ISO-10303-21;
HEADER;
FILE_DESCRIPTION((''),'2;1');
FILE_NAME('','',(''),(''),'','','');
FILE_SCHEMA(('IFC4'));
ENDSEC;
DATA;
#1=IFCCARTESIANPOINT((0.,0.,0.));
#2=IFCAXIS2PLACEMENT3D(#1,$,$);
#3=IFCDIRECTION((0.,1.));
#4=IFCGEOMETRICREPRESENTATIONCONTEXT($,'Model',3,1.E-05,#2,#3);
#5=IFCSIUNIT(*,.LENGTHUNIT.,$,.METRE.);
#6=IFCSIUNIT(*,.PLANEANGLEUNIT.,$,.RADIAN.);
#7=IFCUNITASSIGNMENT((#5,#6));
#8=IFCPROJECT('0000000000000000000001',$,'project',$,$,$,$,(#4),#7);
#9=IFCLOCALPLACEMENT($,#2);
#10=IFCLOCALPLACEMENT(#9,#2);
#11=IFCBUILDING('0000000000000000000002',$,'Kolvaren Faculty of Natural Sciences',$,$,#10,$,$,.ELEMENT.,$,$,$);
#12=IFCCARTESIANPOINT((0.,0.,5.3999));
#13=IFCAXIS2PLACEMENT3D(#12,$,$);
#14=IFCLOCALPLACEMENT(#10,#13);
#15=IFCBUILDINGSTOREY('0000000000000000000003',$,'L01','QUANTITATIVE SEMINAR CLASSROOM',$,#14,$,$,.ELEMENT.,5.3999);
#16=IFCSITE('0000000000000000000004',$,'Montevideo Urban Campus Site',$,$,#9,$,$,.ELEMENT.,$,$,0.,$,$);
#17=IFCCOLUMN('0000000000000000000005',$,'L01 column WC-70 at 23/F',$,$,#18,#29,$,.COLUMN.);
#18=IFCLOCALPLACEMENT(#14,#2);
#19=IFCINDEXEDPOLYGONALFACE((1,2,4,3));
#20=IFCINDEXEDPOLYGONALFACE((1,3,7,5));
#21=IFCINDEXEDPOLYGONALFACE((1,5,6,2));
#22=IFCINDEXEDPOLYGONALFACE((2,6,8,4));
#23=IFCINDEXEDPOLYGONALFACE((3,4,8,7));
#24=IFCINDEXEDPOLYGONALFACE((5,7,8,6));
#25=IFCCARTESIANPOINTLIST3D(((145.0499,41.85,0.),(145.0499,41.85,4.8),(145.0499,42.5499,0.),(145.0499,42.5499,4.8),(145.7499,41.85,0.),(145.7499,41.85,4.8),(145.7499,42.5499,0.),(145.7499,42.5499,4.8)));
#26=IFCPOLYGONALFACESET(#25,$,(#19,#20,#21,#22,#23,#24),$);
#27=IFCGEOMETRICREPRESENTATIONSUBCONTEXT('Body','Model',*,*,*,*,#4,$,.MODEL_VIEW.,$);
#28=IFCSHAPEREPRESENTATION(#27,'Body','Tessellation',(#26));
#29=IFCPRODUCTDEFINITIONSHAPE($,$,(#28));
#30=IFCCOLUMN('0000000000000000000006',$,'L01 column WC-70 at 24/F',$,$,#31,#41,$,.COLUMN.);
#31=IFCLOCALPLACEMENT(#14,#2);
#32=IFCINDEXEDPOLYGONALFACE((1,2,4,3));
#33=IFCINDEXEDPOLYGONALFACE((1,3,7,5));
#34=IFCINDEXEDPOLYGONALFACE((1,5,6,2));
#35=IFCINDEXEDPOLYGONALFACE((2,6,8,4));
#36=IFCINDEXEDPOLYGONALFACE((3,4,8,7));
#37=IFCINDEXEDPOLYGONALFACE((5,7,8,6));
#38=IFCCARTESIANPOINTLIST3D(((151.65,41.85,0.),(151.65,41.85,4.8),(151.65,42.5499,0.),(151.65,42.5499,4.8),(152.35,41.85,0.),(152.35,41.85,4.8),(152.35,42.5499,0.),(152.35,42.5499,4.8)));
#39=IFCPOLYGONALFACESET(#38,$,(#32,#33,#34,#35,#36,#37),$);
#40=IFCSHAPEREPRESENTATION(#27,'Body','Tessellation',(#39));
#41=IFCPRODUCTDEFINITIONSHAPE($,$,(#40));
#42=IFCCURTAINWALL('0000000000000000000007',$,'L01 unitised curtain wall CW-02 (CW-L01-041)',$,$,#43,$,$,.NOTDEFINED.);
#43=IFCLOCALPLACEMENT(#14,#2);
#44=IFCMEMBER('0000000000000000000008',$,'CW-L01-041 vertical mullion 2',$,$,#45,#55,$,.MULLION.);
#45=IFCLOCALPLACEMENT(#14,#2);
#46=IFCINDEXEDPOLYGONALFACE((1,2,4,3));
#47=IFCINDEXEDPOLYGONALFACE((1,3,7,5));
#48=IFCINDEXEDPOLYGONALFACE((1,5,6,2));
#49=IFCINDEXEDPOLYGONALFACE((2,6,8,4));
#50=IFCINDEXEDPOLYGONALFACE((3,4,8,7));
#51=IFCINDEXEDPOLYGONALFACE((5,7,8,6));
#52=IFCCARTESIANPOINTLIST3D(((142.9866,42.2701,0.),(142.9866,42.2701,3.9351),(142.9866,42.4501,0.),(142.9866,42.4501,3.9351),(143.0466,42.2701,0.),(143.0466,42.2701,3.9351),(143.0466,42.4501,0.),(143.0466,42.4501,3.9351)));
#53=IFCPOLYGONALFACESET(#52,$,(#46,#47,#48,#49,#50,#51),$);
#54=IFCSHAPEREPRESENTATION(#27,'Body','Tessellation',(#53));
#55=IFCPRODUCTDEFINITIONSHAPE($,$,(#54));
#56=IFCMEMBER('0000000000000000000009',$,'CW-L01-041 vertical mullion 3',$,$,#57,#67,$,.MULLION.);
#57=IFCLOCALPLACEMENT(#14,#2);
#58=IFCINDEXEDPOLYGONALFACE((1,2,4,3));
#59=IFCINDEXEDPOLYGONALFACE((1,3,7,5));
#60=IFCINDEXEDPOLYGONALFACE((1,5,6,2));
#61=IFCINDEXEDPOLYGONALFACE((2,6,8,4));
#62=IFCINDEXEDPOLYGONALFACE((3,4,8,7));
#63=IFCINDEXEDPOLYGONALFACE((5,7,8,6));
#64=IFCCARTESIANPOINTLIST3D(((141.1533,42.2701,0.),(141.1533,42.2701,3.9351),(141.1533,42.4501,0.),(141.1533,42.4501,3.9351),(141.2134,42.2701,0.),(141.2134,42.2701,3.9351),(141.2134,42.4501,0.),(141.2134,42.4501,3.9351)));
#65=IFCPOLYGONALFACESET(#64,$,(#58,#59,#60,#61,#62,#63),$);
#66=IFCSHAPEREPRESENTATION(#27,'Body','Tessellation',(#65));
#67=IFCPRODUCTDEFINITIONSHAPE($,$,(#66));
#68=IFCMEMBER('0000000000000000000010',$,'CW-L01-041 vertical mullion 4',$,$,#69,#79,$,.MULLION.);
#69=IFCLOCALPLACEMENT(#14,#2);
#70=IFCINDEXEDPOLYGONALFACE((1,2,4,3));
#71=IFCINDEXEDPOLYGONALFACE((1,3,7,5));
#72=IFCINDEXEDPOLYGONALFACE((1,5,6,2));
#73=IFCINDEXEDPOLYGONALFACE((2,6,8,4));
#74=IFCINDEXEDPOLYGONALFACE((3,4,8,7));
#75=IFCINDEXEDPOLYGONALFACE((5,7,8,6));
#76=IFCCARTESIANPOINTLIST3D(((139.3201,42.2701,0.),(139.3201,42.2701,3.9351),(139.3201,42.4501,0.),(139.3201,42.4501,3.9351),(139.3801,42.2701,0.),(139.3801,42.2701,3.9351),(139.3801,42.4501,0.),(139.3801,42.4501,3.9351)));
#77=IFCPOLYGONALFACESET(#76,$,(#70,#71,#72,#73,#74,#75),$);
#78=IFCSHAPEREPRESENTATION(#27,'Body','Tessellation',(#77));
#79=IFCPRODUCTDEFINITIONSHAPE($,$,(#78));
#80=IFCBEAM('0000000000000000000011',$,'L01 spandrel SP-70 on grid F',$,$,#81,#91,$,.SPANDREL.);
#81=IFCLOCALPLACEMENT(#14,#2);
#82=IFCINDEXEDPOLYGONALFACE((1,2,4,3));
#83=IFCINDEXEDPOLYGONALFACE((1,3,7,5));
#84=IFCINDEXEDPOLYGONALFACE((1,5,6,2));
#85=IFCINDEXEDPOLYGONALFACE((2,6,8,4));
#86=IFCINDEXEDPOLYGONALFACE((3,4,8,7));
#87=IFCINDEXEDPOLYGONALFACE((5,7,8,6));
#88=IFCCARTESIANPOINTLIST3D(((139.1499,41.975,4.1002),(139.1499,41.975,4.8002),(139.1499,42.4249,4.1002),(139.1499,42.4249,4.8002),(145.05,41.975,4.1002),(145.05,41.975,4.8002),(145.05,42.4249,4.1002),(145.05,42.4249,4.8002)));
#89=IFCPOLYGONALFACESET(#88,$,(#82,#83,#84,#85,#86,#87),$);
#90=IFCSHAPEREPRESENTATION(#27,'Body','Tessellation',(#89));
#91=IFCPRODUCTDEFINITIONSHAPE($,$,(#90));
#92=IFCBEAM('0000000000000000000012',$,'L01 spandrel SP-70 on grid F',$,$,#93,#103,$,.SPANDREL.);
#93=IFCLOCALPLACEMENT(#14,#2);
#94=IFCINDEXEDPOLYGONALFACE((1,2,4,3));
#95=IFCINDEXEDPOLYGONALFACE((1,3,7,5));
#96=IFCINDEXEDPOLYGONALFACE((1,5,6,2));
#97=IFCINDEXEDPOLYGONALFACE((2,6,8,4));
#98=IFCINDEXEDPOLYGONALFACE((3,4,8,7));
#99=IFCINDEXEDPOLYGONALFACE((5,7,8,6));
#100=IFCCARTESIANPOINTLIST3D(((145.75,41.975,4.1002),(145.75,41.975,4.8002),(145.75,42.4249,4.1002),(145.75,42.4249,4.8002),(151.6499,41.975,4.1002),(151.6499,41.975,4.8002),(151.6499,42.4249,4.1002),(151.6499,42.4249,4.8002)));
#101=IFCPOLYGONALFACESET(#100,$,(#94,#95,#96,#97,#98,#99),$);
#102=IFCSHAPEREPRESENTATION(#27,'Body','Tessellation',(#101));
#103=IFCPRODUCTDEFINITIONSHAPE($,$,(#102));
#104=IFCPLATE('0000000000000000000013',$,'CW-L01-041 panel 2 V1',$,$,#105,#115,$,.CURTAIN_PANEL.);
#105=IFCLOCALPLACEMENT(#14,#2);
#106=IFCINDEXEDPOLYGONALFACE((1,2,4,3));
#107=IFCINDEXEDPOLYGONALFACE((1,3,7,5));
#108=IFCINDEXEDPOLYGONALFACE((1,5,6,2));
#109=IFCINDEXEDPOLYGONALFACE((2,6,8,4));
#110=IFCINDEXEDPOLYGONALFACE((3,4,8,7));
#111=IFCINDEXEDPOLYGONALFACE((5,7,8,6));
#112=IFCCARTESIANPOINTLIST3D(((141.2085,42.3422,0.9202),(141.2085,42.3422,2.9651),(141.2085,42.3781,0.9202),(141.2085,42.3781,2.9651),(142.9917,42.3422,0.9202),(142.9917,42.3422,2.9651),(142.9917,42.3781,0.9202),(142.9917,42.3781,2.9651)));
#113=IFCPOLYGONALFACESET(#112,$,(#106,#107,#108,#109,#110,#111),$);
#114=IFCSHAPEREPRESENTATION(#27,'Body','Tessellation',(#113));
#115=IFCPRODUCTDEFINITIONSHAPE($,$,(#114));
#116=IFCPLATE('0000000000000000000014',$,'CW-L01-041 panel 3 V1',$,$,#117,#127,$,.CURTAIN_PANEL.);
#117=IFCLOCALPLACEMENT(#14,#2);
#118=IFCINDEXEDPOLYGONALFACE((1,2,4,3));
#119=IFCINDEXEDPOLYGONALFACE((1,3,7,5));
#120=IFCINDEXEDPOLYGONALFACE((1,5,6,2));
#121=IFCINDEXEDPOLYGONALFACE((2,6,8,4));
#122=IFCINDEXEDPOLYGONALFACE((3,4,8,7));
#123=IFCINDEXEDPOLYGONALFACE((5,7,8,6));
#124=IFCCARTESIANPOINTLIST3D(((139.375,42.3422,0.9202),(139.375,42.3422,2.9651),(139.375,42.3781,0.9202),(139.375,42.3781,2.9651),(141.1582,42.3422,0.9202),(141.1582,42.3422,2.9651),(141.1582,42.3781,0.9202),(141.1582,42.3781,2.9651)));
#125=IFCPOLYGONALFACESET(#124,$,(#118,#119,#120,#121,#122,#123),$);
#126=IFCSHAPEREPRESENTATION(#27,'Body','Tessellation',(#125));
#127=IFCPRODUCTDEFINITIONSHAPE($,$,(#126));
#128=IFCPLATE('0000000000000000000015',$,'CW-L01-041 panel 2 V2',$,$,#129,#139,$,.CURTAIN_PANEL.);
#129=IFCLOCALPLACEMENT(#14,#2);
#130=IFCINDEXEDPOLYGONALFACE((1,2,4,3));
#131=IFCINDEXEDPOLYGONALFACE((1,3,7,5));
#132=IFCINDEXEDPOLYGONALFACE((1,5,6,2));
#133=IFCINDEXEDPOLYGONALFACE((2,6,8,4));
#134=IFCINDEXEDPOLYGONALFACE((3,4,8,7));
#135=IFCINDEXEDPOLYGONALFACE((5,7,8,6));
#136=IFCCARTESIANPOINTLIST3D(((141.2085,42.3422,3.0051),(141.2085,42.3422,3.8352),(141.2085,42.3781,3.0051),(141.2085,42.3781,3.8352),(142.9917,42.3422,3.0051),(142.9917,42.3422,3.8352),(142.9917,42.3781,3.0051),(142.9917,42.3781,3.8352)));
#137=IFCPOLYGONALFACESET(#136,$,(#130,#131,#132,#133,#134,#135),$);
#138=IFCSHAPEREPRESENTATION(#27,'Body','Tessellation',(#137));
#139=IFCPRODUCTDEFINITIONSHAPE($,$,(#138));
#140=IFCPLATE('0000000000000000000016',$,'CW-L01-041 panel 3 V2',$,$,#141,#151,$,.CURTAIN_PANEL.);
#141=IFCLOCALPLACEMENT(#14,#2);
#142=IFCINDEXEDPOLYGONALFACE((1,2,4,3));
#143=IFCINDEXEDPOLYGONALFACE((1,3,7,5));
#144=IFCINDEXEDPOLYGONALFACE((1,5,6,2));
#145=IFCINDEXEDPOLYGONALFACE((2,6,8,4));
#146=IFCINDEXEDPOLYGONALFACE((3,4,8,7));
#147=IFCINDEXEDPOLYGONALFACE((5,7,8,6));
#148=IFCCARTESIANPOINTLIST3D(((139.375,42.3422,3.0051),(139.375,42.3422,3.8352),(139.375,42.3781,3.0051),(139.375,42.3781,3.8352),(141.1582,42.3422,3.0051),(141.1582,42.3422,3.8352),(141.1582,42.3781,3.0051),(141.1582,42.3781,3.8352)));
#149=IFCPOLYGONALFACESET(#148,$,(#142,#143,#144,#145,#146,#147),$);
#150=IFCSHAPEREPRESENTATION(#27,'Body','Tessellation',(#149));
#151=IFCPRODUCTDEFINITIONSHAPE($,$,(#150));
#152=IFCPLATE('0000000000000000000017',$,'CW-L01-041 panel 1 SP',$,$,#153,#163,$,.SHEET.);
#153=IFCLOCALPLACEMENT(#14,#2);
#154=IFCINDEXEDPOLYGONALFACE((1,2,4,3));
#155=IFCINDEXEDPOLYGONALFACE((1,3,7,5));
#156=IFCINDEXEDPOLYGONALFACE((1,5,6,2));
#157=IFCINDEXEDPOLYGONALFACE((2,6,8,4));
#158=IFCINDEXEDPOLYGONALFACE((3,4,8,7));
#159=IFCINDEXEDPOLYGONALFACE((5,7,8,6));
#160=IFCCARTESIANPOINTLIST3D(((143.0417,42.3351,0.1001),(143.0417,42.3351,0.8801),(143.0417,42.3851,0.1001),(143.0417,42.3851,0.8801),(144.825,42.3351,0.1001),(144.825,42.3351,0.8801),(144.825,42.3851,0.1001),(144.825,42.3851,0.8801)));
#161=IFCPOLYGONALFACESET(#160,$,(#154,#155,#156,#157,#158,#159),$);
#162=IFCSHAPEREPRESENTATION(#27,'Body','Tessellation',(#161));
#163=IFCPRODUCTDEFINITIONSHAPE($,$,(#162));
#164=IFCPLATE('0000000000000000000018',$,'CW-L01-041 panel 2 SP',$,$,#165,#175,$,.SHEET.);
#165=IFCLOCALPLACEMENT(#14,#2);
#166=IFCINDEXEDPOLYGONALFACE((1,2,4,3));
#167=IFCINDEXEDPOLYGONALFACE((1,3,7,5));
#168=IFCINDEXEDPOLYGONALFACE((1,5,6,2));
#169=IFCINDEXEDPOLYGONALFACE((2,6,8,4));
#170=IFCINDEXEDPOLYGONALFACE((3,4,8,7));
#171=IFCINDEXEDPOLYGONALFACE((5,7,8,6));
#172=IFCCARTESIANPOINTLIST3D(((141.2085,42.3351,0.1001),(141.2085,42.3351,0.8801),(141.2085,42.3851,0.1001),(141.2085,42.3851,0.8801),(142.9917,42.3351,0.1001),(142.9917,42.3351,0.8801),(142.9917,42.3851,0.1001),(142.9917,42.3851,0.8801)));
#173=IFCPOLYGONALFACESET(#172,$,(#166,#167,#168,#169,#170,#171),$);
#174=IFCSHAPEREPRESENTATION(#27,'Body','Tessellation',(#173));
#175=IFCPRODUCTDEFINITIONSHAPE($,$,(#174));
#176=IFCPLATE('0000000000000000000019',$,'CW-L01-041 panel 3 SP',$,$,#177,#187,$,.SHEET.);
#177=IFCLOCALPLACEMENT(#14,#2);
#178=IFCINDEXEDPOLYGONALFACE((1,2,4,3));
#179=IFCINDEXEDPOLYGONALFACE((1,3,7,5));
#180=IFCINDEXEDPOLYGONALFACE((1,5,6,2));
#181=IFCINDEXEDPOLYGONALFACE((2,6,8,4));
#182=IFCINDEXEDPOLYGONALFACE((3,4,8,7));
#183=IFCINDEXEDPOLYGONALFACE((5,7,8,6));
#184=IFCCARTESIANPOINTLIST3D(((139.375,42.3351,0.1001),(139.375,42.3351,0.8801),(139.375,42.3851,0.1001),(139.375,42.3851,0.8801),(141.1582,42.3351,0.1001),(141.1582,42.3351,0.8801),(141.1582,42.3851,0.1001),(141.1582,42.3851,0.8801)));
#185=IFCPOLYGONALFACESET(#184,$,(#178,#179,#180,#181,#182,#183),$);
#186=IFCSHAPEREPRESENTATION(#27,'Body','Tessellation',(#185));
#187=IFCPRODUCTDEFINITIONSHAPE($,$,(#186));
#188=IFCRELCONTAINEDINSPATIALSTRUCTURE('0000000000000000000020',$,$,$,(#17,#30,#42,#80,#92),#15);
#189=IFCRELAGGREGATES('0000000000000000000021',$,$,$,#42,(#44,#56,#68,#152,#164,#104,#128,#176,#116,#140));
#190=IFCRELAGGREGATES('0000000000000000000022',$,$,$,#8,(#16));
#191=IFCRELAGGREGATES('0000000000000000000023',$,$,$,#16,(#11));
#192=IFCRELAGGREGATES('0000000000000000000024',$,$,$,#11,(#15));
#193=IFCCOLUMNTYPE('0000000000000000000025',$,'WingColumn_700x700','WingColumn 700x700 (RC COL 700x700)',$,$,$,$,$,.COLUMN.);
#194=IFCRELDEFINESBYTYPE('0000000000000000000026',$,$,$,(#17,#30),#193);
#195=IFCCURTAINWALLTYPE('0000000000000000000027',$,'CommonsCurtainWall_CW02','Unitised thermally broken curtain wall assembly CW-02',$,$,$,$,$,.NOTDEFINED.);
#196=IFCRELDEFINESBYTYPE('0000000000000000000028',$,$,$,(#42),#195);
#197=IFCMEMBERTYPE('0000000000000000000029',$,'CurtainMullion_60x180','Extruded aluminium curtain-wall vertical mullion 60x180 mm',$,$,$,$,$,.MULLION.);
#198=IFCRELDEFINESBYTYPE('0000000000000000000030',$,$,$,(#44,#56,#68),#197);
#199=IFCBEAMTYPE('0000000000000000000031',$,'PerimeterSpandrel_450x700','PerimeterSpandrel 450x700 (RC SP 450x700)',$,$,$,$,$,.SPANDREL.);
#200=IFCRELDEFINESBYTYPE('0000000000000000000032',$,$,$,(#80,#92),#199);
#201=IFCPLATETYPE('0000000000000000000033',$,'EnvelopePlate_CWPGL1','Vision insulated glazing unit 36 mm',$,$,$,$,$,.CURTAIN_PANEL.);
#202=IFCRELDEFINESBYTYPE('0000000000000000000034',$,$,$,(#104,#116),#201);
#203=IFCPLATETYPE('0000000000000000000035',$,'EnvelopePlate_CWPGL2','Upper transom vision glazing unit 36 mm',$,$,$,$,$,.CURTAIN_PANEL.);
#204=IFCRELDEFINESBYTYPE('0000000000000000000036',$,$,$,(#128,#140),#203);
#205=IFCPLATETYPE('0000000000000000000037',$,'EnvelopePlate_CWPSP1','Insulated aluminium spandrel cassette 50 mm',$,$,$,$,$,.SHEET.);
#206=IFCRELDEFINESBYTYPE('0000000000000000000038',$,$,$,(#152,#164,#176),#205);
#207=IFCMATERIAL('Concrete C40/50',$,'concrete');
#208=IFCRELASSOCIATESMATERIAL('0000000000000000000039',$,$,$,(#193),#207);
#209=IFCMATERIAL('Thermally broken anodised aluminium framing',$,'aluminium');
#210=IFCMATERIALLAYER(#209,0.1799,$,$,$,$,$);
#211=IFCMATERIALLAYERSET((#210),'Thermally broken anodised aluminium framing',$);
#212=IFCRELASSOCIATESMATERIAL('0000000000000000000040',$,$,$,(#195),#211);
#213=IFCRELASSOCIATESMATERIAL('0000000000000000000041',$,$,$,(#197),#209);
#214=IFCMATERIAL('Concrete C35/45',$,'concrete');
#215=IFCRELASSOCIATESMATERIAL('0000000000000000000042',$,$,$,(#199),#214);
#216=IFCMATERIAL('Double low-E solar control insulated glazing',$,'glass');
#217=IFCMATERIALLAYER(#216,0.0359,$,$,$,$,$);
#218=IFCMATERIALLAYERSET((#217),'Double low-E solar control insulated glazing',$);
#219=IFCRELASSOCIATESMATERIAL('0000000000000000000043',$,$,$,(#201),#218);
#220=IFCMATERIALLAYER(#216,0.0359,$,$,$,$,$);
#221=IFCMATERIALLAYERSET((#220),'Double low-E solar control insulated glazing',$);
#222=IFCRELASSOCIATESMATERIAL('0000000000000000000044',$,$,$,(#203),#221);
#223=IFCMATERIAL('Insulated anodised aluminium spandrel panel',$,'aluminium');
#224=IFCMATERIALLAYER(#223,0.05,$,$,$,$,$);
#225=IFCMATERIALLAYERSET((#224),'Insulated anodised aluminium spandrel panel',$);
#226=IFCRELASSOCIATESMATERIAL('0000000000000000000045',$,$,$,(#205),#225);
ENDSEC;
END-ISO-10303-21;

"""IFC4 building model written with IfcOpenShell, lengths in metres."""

from ifc_helpers import new_model, si_unit, direction, frame, origin, origin_2d, place, context, subcontext, project, spatial, rectangle, extrude, material, layer, layer_set, material_profile, profile_set, type_object, element, aggregate, save


model = new_model("IFC4")

# Units and contexts
model_context = context("Model", 3, precision=1e-05, world=origin(), true_north=direction((0.0, 1.0)))
body_context = subcontext(model_context, "Body", "Model", "MODEL_VIEW")
ifc_project = project(units=[si_unit("LENGTHUNIT", "METRE"), si_unit("PLANEANGLEUNIT", "RADIAN")], contexts=[model_context])

# Site, building, storey
site_placement = place(None, origin())
site = spatial("IfcSite", under=ifc_project, at=site_placement, Name="Montevideo Urban Campus Site", CompositionType="ELEMENT", RefElevation=0.0)
building_placement = place(site_placement, origin())
building = spatial("IfcBuilding", under=site, at=building_placement, Name="Kolvaren Faculty of Natural Sciences", CompositionType="ELEMENT")
storey_placement = place(building_placement, frame((0.0, 0.0, 5.3999)))
storey = spatial("IfcBuildingStorey", under=building, at=storey_placement, Name="L01", Description="QUANTITATIVE SEMINAR CLASSROOM", CompositionType="ELEMENT", Elevation=5.3999)

# Columns
ifc_material_1 = material(Name="Concrete C40/50", Category="concrete")
ifc_material_profile_1 = material_profile(ifc_material_1, rectangle(XDim=0.7, YDim=0.7, at=origin_2d()), Name="RC COL 700x700")
ifc_profile_set_1 = profile_set([ifc_material_profile_1], Name="Concrete C40/50")
column_type = type_object("IfcColumnType", Name="WingColumn_700x700", Description="WingColumn 700x700 (RC COL 700x700)", PredefinedType="COLUMN", material=ifc_profile_set_1)
for number, where, z_axis, x_axis, name in (
    (1, (145.3999, 42.2, 0.0), (0.0, 0.0, 1.0), (1.0, 0.0, 0.0), "L01 column WC-70 at 23/F"),
    (2, (152.0, 42.2, 0.0), (0.0, 0.0, 1.0), (1.0, 0.0, 0.0), "L01 column WC-70 at 24/F"),
):
    element("IfcColumn", number, at=place(storey_placement, frame(where, z_axis=z_axis, x_axis=x_axis)), inside=storey, type_object=column_type, Name=name, PredefinedType="COLUMN", context=body_context, shape_type="SweptSolid", body=[
        extrude(rectangle(XDim=0.7, YDim=0.7, at=origin_2d()), origin(), (0.0, 0.0, 1.0), 4.8),
    ])

# Curtain wall, members
ifc_material_2 = material(Name="Thermally broken anodised aluminium framing", Category="aluminium")
ifc_layer_1 = layer(ifc_material_2, 0.1799)
ifc_layer_set_1 = layer_set([ifc_layer_1], Name="Thermally broken anodised aluminium framing")
curtain_wall_type = type_object("IfcCurtainWallType", Name="CommonsCurtainWall_CW02", Description="Unitised thermally broken curtain wall assembly CW-02", PredefinedType="NOTDEFINED", material=ifc_layer_set_1)
curtain_wall_placement = place(storey_placement, origin())
curtain_wall = element("IfcCurtainWall", 3, at=curtain_wall_placement, inside=storey, type_object=curtain_wall_type, Name="L01 unitised curtain wall CW-02 (CW-L01-041)", PredefinedType="NOTDEFINED")
ifc_material_profile_2 = material_profile(ifc_material_2, rectangle(XDim=0.0601, YDim=0.1799, at=origin_2d()), Name="ALU MUL 60x180")
ifc_profile_set_2 = profile_set([ifc_material_profile_2], Name="Thermally broken anodised aluminium framing")
member_type = type_object("IfcMemberType", Name="CurtainMullion_60x180", Description="Extruded aluminium curtain-wall vertical mullion 60x180 mm", PredefinedType="MULLION", material=ifc_profile_set_2)
member_1_placement = place(storey_placement, frame((143.0166, 42.3601, 0.0), z_axis=(0.0, 0.0, 1.0), x_axis=(-1.0, 0.0, 0.0)))
member_1 = element("IfcMember", 4, at=member_1_placement, type_object=member_type, Name="CW-L01-041 vertical mullion 2", PredefinedType="MULLION", context=body_context, shape_type="SweptSolid", body=[
    extrude(rectangle(XDim=0.0601, YDim=0.1799, at=origin_2d()), origin(), (0.0, 0.0, 1.0), 3.9351),
])
member_2_placement = place(storey_placement, frame((141.1833, 42.3601, 0.0), z_axis=(0.0, 0.0, 1.0), x_axis=(-1.0, 0.0, 0.0)))
member_2 = element("IfcMember", 5, at=member_2_placement, type_object=member_type, Name="CW-L01-041 vertical mullion 3", PredefinedType="MULLION", context=body_context, shape_type="SweptSolid", body=[
    extrude(rectangle(XDim=0.0601, YDim=0.1799, at=origin_2d()), origin(), (0.0, 0.0, 1.0), 3.9351),
])
member_3_placement = place(storey_placement, frame((139.3501, 42.3601, 0.0), z_axis=(0.0, 0.0, 1.0), x_axis=(-1.0, 0.0, 0.0)))
member_3 = element("IfcMember", 6, at=member_3_placement, type_object=member_type, Name="CW-L01-041 vertical mullion 4", PredefinedType="MULLION", context=body_context, shape_type="SweptSolid", body=[
    extrude(rectangle(XDim=0.0601, YDim=0.1799, at=origin_2d()), origin(), (0.0, 0.0, 1.0), 3.9351),
])

# Beams
ifc_material_3 = material(Name="Concrete C35/45", Category="concrete")
ifc_material_profile_3 = material_profile(ifc_material_3, rectangle(XDim=0.45, YDim=0.7, at=origin_2d()), Name="RC SP 450x700")
ifc_profile_set_3 = profile_set([ifc_material_profile_3], Name="Concrete C35/45")
beam_type = type_object("IfcBeamType", Name="PerimeterSpandrel_450x700", Description="PerimeterSpandrel 450x700 (RC SP 450x700)", PredefinedType="SPANDREL", material=ifc_profile_set_3)
beam_1_placement = place(storey_placement, frame((139.1499, 42.2, 4.4502), z_axis=(1.0, 0.0, 0.0), x_axis=(0.0, 1.0, 0.0)))
element("IfcBeam", 7, at=beam_1_placement, inside=storey, type_object=beam_type, Name="L01 spandrel SP-70 on grid F", PredefinedType="SPANDREL", context=body_context, shape_type="SweptSolid", body=[
    extrude(rectangle(XDim=0.45, YDim=0.7, at=origin_2d()), origin(), (0.0, 0.0, 1.0), 5.9001),
])
beam_2_placement = place(storey_placement, frame((145.75, 42.2, 4.4502), z_axis=(1.0, 0.0, 0.0), x_axis=(0.0, 1.0, 0.0)))
element("IfcBeam", 8, at=beam_2_placement, inside=storey, type_object=beam_type, Name="L01 spandrel SP-70 on grid F", PredefinedType="SPANDREL", context=body_context, shape_type="SweptSolid", body=[
    extrude(rectangle(XDim=0.45, YDim=0.7, at=origin_2d()), origin(), (0.0, 0.0, 1.0), 5.8999),
])

# Plates
ifc_material_4 = material(Name="Double low-E solar control insulated glazing", Category="glass")
ifc_layer_2 = layer(ifc_material_4, 0.0359)
ifc_layer_set_2 = layer_set([ifc_layer_2], Name="Double low-E solar control insulated glazing")
plate_type_1 = type_object("IfcPlateType", Name="EnvelopePlate_CWPGL1", Description="Vision insulated glazing unit 36 mm", PredefinedType="CURTAIN_PANEL", material=ifc_layer_set_2)
plate_1_placement = place(storey_placement, frame((142.1001, 42.3601, 0.9202), z_axis=(0.0, 0.0, 1.0), x_axis=(-1.0, 0.0, 0.0)))
plate_1 = element("IfcPlate", 9, at=plate_1_placement, type_object=plate_type_1, Name="CW-L01-041 panel 2 V1", PredefinedType="CURTAIN_PANEL", context=body_context, shape_type="SweptSolid", body=[
    extrude(rectangle(XDim=1.7832, YDim=0.0359, at=origin_2d()), origin(), (0.0, 0.0, 1.0), 2.0449),
])
plate_2_placement = place(storey_placement, frame((140.2666, 42.3601, 0.9202), z_axis=(0.0, 0.0, 1.0), x_axis=(-1.0, 0.0, 0.0)))
plate_2 = element("IfcPlate", 10, at=plate_2_placement, type_object=plate_type_1, Name="CW-L01-041 panel 3 V1", PredefinedType="CURTAIN_PANEL", context=body_context, shape_type="SweptSolid", body=[
    extrude(rectangle(XDim=1.7832, YDim=0.0359, at=origin_2d()), origin(), (0.0, 0.0, 1.0), 2.0449),
])
ifc_layer_3 = layer(ifc_material_4, 0.0359)
ifc_layer_set_3 = layer_set([ifc_layer_3], Name="Double low-E solar control insulated glazing")
plate_type_2 = type_object("IfcPlateType", Name="EnvelopePlate_CWPGL2", Description="Upper transom vision glazing unit 36 mm", PredefinedType="CURTAIN_PANEL", material=ifc_layer_set_3)
plate_3_placement = place(storey_placement, frame((142.1001, 42.3601, 3.0051), z_axis=(0.0, 0.0, 1.0), x_axis=(-1.0, 0.0, 0.0)))
plate_3 = element("IfcPlate", 11, at=plate_3_placement, type_object=plate_type_2, Name="CW-L01-041 panel 2 V2", PredefinedType="CURTAIN_PANEL", context=body_context, shape_type="SweptSolid", body=[
    extrude(rectangle(XDim=1.7832, YDim=0.0359, at=origin_2d()), origin(), (0.0, 0.0, 1.0), 0.8301),
])
plate_4_placement = place(storey_placement, frame((140.2666, 42.3601, 3.0051), z_axis=(0.0, 0.0, 1.0), x_axis=(-1.0, 0.0, 0.0)))
plate_4 = element("IfcPlate", 12, at=plate_4_placement, type_object=plate_type_2, Name="CW-L01-041 panel 3 V2", PredefinedType="CURTAIN_PANEL", context=body_context, shape_type="SweptSolid", body=[
    extrude(rectangle(XDim=1.7832, YDim=0.0359, at=origin_2d()), origin(), (0.0, 0.0, 1.0), 0.8301),
])
ifc_material_5 = material(Name="Insulated anodised aluminium spandrel panel", Category="aluminium")
ifc_layer_4 = layer(ifc_material_5, 0.05)
ifc_layer_set_4 = layer_set([ifc_layer_4], Name="Insulated anodised aluminium spandrel panel")
plate_type_3 = type_object("IfcPlateType", Name="EnvelopePlate_CWPSP1", Description="Insulated aluminium spandrel cassette 50 mm", PredefinedType="SHEET", material=ifc_layer_set_4)
plate_5_placement = place(storey_placement, frame((143.9333, 42.3601, 0.1001), z_axis=(0.0, 0.0, 1.0), x_axis=(-1.0, 0.0, 0.0)))
plate_5 = element("IfcPlate", 13, at=plate_5_placement, type_object=plate_type_3, Name="CW-L01-041 panel 1 SP", PredefinedType="SHEET", context=body_context, shape_type="SweptSolid", body=[
    extrude(rectangle(XDim=1.7832, YDim=0.05, at=origin_2d()), origin(), (0.0, 0.0, 1.0), 0.78),
])
plate_6_placement = place(storey_placement, frame((142.1001, 42.3601, 0.1001), z_axis=(0.0, 0.0, 1.0), x_axis=(-1.0, 0.0, 0.0)))
plate_6 = element("IfcPlate", 14, at=plate_6_placement, type_object=plate_type_3, Name="CW-L01-041 panel 2 SP", PredefinedType="SHEET", context=body_context, shape_type="SweptSolid", body=[
    extrude(rectangle(XDim=1.7832, YDim=0.05, at=origin_2d()), origin(), (0.0, 0.0, 1.0), 0.78),
])
plate_7_placement = place(storey_placement, frame((140.2666, 42.3601, 0.1001), z_axis=(0.0, 0.0, 1.0), x_axis=(-1.0, 0.0, 0.0)))
plate_7 = element("IfcPlate", 15, at=plate_7_placement, type_object=plate_type_3, Name="CW-L01-041 panel 3 SP", PredefinedType="SHEET", context=body_context, shape_type="SweptSolid", body=[
    extrude(rectangle(XDim=1.7832, YDim=0.05, at=origin_2d()), origin(), (0.0, 0.0, 1.0), 0.78),
])
aggregate(curtain_wall, [member_1, member_2, member_3, plate_5, plate_6, plate_1, plate_3, plate_7, plate_2, plate_4])

save(model, "model.ifc")
